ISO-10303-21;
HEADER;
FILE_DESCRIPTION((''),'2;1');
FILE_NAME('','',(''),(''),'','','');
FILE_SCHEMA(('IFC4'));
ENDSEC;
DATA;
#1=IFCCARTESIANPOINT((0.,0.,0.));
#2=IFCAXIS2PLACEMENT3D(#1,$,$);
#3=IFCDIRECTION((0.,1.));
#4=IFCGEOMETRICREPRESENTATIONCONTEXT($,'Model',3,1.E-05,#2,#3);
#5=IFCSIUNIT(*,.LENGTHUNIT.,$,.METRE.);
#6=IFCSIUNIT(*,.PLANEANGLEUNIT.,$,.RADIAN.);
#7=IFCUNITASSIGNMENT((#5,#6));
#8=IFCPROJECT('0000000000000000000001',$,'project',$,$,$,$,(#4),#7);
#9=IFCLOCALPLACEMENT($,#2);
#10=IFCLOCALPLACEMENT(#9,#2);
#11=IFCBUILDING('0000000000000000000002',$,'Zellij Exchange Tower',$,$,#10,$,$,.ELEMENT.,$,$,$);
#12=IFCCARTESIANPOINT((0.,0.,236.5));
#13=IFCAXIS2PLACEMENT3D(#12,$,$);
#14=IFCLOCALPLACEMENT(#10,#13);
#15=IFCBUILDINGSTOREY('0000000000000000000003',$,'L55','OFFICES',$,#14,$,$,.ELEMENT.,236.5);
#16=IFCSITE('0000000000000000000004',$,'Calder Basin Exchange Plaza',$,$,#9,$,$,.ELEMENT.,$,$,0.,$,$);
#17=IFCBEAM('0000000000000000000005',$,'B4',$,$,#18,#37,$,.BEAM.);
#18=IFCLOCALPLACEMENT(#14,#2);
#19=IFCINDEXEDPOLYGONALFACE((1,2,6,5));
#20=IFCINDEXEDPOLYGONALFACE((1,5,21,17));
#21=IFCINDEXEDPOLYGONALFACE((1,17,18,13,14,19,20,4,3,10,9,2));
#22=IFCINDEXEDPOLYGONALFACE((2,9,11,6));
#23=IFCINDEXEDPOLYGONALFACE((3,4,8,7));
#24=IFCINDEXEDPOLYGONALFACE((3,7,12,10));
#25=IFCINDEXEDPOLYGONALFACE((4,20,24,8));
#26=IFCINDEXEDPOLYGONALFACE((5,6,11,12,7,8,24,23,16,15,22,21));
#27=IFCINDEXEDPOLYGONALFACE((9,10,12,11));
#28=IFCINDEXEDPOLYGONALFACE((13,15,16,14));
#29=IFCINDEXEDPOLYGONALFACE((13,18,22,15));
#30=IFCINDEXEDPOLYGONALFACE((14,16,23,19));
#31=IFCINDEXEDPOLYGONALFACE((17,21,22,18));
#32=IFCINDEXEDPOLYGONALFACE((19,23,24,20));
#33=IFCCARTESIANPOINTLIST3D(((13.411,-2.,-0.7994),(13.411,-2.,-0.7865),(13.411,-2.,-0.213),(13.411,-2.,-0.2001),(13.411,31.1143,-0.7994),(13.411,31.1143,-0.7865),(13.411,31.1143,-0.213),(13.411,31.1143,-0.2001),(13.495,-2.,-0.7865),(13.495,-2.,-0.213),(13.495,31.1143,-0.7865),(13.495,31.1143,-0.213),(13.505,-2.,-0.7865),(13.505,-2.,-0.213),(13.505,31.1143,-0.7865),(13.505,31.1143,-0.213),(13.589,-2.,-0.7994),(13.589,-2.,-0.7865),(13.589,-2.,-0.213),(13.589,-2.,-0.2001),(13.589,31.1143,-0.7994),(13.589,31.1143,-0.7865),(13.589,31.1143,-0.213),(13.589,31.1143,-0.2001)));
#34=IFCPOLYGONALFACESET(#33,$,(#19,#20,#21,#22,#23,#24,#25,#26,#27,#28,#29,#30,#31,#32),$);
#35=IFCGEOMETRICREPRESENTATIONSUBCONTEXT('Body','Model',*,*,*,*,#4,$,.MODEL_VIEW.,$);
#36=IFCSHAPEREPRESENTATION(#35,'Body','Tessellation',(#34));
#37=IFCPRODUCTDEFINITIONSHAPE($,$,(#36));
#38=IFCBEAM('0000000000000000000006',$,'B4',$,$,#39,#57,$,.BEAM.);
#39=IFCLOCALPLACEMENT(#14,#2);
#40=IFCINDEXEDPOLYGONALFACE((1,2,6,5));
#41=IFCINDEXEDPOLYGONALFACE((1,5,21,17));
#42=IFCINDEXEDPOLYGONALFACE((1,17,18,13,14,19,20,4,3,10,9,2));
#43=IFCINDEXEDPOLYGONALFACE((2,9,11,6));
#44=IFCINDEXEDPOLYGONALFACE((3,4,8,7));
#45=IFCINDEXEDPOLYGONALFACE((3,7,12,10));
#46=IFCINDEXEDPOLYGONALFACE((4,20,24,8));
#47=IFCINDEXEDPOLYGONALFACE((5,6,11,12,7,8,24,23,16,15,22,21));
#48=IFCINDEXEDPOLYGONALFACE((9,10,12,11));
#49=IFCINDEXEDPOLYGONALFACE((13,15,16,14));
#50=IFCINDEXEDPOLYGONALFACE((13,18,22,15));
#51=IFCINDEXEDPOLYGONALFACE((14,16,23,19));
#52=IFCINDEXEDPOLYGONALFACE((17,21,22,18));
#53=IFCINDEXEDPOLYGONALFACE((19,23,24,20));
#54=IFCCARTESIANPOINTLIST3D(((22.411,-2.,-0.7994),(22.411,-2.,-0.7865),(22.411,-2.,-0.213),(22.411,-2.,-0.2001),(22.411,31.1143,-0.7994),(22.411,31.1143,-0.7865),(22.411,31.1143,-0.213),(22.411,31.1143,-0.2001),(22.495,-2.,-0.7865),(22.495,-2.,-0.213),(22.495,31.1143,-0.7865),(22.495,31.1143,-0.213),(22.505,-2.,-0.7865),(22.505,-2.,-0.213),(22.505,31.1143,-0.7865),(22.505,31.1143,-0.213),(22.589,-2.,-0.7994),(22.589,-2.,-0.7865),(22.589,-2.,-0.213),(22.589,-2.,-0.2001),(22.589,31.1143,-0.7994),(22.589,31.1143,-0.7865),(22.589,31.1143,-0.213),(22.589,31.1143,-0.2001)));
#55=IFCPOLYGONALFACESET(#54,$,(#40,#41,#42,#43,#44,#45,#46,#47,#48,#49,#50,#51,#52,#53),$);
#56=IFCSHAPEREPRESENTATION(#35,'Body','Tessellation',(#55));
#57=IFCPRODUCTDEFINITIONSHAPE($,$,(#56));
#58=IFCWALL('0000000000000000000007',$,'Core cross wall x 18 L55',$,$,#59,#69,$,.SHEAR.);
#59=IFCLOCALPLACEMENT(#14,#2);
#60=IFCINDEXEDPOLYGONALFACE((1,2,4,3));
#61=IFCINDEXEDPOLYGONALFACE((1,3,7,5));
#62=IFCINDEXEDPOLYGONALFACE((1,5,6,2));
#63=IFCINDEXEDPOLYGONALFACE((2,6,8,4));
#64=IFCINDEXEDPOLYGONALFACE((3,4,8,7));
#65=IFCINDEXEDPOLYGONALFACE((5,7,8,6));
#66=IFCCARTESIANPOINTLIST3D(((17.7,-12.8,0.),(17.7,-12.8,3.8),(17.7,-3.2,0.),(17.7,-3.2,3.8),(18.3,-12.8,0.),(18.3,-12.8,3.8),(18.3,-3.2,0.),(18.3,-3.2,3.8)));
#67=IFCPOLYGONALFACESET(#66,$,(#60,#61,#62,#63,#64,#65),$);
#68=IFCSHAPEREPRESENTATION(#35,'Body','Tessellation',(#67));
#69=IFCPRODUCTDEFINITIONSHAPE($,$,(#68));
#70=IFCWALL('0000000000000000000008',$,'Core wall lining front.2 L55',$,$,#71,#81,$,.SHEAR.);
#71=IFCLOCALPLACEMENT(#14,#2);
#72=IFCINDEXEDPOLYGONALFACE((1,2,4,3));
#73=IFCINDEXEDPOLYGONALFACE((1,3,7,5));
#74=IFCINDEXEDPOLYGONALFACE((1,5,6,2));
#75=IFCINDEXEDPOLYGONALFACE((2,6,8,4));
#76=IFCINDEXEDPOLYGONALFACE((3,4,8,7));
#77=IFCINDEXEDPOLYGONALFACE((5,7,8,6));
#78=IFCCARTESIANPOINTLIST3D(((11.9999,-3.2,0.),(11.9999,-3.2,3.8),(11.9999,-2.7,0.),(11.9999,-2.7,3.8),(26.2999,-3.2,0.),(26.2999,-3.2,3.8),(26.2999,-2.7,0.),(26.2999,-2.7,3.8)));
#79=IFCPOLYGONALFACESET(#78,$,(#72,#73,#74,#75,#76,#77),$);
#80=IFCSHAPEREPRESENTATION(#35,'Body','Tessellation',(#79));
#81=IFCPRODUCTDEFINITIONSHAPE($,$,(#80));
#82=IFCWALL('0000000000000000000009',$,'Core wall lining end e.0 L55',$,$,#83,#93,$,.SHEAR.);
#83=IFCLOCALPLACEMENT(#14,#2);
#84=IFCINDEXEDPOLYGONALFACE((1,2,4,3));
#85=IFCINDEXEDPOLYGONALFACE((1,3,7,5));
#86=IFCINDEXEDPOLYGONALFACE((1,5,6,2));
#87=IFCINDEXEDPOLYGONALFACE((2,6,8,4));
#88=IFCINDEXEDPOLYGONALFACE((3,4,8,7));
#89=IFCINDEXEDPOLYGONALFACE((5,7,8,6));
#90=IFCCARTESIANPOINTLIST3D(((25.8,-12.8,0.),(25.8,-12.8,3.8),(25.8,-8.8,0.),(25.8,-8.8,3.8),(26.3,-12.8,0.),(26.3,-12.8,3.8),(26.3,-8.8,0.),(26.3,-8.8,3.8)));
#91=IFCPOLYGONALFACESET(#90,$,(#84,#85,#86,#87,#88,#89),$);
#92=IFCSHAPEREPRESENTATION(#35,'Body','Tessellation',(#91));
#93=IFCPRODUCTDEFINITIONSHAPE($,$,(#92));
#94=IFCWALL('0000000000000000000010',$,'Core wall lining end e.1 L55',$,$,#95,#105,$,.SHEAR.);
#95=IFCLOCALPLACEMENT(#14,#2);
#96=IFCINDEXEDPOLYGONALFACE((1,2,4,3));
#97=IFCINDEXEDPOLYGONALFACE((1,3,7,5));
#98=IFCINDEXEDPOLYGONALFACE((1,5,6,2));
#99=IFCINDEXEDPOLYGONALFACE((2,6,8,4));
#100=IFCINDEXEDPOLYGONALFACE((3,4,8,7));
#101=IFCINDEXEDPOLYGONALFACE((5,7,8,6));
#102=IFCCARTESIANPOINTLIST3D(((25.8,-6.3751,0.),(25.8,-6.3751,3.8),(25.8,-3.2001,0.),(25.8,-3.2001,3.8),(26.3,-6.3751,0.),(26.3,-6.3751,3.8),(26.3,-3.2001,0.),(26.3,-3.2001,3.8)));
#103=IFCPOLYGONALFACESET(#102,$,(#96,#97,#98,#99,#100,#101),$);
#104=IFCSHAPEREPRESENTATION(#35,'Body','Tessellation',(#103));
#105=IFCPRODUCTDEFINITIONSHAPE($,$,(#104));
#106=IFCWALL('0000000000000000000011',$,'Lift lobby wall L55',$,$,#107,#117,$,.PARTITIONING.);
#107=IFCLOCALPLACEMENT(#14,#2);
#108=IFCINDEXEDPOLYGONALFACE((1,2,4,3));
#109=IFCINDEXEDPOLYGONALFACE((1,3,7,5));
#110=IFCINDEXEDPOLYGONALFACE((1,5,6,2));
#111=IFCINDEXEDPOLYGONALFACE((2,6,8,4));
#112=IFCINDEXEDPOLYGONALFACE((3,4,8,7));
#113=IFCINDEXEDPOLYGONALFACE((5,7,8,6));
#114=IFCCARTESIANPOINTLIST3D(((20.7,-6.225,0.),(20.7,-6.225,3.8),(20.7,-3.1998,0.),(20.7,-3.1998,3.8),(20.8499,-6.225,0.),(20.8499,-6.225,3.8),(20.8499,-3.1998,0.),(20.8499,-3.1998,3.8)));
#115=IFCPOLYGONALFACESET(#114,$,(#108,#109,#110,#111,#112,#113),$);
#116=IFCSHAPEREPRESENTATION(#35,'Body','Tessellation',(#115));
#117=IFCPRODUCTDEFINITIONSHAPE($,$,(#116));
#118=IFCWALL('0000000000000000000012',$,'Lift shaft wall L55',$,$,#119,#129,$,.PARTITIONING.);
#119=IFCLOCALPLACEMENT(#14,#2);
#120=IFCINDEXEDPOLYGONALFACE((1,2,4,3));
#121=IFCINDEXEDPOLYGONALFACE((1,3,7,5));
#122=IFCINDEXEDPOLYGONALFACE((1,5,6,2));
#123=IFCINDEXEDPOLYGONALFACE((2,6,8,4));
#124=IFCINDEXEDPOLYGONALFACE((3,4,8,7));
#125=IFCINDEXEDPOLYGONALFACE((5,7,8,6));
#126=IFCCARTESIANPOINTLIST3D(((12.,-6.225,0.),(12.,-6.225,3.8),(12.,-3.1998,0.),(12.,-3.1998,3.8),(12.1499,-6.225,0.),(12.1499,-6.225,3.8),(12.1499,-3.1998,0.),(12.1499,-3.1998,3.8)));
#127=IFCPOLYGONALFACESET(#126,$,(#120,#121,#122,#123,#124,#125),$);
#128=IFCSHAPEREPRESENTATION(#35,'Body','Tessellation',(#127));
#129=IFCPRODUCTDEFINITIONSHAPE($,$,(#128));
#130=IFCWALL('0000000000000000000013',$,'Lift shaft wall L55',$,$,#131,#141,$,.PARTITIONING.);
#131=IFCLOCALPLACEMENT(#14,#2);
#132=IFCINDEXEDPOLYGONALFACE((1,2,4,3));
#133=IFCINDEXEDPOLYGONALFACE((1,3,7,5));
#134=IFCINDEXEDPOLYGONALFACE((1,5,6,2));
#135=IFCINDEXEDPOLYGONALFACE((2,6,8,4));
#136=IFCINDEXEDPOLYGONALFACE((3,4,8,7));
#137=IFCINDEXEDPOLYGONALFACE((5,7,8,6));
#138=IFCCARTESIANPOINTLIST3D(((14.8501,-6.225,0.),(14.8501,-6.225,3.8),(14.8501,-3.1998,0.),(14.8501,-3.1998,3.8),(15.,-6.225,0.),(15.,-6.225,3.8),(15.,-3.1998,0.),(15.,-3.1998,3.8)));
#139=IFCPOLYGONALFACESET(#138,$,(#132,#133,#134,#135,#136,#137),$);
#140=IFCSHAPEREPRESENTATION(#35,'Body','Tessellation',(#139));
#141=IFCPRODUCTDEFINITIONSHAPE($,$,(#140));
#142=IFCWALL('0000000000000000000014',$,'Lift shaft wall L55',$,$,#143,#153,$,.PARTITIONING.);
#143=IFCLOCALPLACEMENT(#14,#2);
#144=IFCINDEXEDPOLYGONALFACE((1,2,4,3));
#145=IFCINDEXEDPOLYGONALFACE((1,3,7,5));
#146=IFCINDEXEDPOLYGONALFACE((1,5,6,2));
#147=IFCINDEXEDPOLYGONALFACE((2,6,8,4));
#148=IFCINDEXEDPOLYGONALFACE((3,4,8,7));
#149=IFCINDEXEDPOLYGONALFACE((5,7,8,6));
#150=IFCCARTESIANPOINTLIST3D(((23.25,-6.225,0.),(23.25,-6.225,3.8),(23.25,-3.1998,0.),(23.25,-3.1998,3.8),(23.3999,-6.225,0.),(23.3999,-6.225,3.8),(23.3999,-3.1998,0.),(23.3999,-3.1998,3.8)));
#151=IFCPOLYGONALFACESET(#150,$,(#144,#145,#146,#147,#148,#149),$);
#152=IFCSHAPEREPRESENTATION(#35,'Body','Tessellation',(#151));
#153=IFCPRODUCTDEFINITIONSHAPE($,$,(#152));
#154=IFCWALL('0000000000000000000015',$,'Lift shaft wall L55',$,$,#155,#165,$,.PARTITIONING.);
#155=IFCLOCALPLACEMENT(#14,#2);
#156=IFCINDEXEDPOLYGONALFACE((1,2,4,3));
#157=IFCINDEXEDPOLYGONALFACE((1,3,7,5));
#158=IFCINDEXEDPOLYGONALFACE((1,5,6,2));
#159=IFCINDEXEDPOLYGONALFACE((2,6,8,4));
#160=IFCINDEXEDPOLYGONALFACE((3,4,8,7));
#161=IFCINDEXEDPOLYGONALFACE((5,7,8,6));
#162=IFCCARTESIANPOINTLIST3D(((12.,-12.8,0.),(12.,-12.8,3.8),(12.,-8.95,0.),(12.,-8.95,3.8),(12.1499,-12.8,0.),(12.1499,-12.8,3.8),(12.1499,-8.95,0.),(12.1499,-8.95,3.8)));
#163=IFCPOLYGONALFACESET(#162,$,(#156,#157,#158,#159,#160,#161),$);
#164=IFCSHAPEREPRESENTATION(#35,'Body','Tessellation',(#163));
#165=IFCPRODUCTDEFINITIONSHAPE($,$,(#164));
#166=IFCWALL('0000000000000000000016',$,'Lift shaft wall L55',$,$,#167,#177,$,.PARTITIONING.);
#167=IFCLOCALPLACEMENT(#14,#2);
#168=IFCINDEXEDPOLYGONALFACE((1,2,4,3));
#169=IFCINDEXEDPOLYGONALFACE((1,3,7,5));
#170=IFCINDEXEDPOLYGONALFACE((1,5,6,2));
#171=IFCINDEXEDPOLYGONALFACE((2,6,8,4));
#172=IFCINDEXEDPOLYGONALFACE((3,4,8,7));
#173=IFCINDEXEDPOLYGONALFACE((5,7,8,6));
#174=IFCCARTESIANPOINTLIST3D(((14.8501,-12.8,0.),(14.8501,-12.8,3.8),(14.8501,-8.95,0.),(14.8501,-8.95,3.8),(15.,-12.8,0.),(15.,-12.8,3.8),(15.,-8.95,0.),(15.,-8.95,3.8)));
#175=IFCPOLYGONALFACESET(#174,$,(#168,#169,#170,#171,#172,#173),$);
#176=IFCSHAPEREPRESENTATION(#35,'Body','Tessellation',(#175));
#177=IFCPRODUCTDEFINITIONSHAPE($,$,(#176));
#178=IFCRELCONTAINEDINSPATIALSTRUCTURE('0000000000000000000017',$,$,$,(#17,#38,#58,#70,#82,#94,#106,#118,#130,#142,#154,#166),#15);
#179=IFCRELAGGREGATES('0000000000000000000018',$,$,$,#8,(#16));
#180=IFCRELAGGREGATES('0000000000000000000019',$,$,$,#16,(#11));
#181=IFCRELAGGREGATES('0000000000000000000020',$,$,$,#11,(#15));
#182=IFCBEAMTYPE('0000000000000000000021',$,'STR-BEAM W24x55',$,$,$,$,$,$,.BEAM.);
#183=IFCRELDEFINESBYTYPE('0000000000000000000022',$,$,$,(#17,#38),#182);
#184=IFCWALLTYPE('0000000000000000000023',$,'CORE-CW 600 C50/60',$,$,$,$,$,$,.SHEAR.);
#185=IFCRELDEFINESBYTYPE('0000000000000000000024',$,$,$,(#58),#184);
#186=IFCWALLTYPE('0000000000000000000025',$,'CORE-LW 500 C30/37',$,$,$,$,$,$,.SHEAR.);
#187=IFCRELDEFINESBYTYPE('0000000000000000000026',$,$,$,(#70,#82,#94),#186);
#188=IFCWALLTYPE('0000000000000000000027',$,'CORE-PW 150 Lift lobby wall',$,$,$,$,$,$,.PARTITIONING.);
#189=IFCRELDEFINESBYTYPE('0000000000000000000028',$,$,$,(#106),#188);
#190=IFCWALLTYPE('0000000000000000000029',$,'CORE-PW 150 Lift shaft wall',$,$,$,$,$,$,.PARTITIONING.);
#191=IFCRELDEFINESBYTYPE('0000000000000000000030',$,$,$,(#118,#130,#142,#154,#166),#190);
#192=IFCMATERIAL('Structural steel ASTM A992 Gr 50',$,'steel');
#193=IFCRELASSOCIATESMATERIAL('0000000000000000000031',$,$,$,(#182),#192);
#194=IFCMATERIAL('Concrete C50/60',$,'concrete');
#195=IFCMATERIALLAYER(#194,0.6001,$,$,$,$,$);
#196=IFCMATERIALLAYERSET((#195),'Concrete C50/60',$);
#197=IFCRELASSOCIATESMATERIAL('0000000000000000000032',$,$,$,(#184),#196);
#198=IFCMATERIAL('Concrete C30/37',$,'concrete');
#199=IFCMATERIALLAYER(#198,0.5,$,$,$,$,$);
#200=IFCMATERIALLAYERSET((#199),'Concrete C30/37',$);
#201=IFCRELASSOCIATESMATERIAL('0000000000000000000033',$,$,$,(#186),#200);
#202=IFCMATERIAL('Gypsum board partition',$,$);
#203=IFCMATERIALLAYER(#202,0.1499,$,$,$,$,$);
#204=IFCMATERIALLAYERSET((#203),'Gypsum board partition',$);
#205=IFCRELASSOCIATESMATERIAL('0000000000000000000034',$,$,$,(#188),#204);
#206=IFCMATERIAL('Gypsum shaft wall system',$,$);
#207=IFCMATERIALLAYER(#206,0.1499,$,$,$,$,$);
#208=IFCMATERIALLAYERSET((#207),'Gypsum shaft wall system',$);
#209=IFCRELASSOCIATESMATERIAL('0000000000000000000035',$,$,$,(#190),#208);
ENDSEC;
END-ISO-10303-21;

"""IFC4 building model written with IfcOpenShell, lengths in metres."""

from ifc_helpers import new_model, si_unit, direction, frame, frame_2d, origin, origin_2d, place, context, subcontext, project, spatial, rectangle, i_section, extrude, material, layer, layer_set, material_profile, profile_set, type_object, element, save


model = new_model("IFC4")

# Units and contexts
model_context = context("Model", 3, precision=1e-05, world=origin(), true_north=direction((0.0, 1.0)))
body_context = subcontext(model_context, "Body", "Model", "MODEL_VIEW")
ifc_project = project(units=[si_unit("LENGTHUNIT", "METRE"), si_unit("PLANEANGLEUNIT", "RADIAN")], contexts=[model_context])

# Site, building, storey
site_placement = place(None, origin())
site = spatial("IfcSite", under=ifc_project, at=site_placement, Name="Calder Basin Exchange Plaza", CompositionType="ELEMENT", RefElevation=0.0)
building_placement = place(site_placement, origin())
building = spatial("IfcBuilding", under=site, at=building_placement, Name="Zellij Exchange Tower", CompositionType="ELEMENT")
storey_placement = place(building_placement, frame((0.0, 0.0, 236.5)))
storey = spatial("IfcBuildingStorey", under=building, at=storey_placement, Name="L55", Description="OFFICES", CompositionType="ELEMENT", Elevation=236.5)

# Beams
ifc_material_1 = material(Name="Structural steel ASTM A992 Gr 50", Category="steel")
ifc_material_profile = material_profile(ifc_material_1, i_section(OverallWidth=0.178, OverallDepth=0.5994, WebThickness=0.01, FlangeThickness=0.0129, at=origin_2d()), Name="W24x55")
ifc_profile_set = profile_set([ifc_material_profile], Name="Structural steel ASTM A992 Gr 50")
beam_type = type_object("IfcBeamType", Name="STR-BEAM W24x55", PredefinedType="BEAM", material=ifc_profile_set)
for number, where, z_axis, x_axis, name in (
    (1, (13.5, -2.0, -0.4998), (0.0, 1.0, 0.0), (-1.0, 0.0, 0.0), "B4"),
    (2, (22.5, -2.0, -0.4998), (0.0, 1.0, 0.0), (-1.0, 0.0, 0.0), "B4"),
):
    element("IfcBeam", number, at=place(storey_placement, frame(where, z_axis=z_axis, x_axis=x_axis)), inside=storey, type_object=beam_type, Name=name, PredefinedType="BEAM", context=body_context, shape_type="SweptSolid", body=[
        extrude(i_section(OverallWidth=0.178, OverallDepth=0.5994, WebThickness=0.01, FlangeThickness=0.0129, at=origin_2d()), origin(), (0.0, 0.0, 1.0), 33.1143),
    ])

# Walls
ifc_material_2 = material(Name="Concrete C50/60", Category="concrete")
ifc_layer_1 = layer(ifc_material_2, 0.6001)
ifc_layer_set_1 = layer_set([ifc_layer_1], Name="Concrete C50/60")
wall_type_1 = type_object("IfcWallType", Name="CORE-CW 600 C50/60", PredefinedType="SHEAR", material=ifc_layer_set_1)
wall_1_placement = place(storey_placement, frame((18.0, -12.8, 0.0), z_axis=(0.0, 0.0, 1.0), x_axis=(0.0, 1.0, 0.0)))
element("IfcWall", 3, at=wall_1_placement, inside=storey, type_object=wall_type_1, Name="Core cross wall x 18 L55", PredefinedType="SHEAR", context=body_context, shape_type="SweptSolid", body=[
    extrude(rectangle(XDim=9.6001, YDim=0.6001, at=frame_2d((4.8, 0.0))), origin(), (0.0, 0.0, 1.0), 3.8),
])
ifc_material_3 = material(Name="Concrete C30/37", Category="concrete")
ifc_layer_2 = layer(ifc_material_3, 0.5)
ifc_layer_set_2 = layer_set([ifc_layer_2], Name="Concrete C30/37")
wall_type_2 = type_object("IfcWallType", Name="CORE-LW 500 C30/37", PredefinedType="SHEAR", material=ifc_layer_set_2)
wall_2_placement = place(storey_placement, frame((12.0, -2.95, 0.0), z_axis=(0.0, 0.0, 1.0), x_axis=(1.0, 0.0, 0.0)))
element("IfcWall", 4, at=wall_2_placement, inside=storey, type_object=wall_type_2, Name="Core wall lining front.2 L55", PredefinedType="SHEAR", context=body_context, shape_type="SweptSolid", body=[
    extrude(rectangle(XDim=14.3, YDim=0.5, at=frame_2d((7.1499, 0.0))), origin(), (0.0, 0.0, 1.0), 3.8),
])
wall_3_placement = place(storey_placement, frame((26.05, -12.8, 0.0), z_axis=(0.0, 0.0, 1.0), x_axis=(0.0, 1.0, 0.0)))
element("IfcWall", 5, at=wall_3_placement, inside=storey, type_object=wall_type_2, Name="Core wall lining end e.0 L55", PredefinedType="SHEAR", context=body_context, shape_type="SweptSolid", body=[
    extrude(rectangle(XDim=4.0, YDim=0.5, at=frame_2d((2.0, 0.0))), origin(), (0.0, 0.0, 1.0), 3.8),
])
wall_4_placement = place(storey_placement, frame((26.05, -6.375, 0.0), z_axis=(0.0, 0.0, 1.0), x_axis=(0.0, 1.0, 0.0)))
element("IfcWall", 6, at=wall_4_placement, inside=storey, type_object=wall_type_2, Name="Core wall lining end e.1 L55", PredefinedType="SHEAR", context=body_context, shape_type="SweptSolid", body=[
    extrude(rectangle(XDim=3.175, YDim=0.5, at=frame_2d((1.5874, 0.0))), origin(), (0.0, 0.0, 1.0), 3.8),
])
ifc_material_4 = material(Name="Gypsum board partition")
ifc_layer_3 = layer(ifc_material_4, 0.1499)
ifc_layer_set_3 = layer_set([ifc_layer_3], Name="Gypsum board partition")
wall_type_3 = type_object("IfcWallType", Name="CORE-PW 150 Lift lobby wall", PredefinedType="PARTITIONING", material=ifc_layer_set_3)
wall_5_placement = place(storey_placement, frame((20.7749, -6.2251, 0.0), z_axis=(0.0, 0.0, 1.0), x_axis=(0.0, 1.0, 0.0)))
element("IfcWall", 7, at=wall_5_placement, inside=storey, type_object=wall_type_3, Name="Lift lobby wall L55", PredefinedType="PARTITIONING", context=body_context, shape_type="SweptSolid", body=[
    extrude(rectangle(XDim=3.0251, YDim=0.1499, at=frame_2d((1.5127, 0.0))), origin(), (0.0, 0.0, 1.0), 3.8),
])
ifc_material_5 = material(Name="Gypsum shaft wall system")
ifc_layer_4 = layer(ifc_material_5, 0.1499)
ifc_layer_set_4 = layer_set([ifc_layer_4], Name="Gypsum shaft wall system")
wall_type_4 = type_object("IfcWallType", Name="CORE-PW 150 Lift shaft wall", PredefinedType="PARTITIONING", material=ifc_layer_set_4)
for number, where, z_axis, x_axis, name in (
    (8, (12.075, -6.2251, 0.0), (0.0, 0.0, 1.0), (0.0, 1.0, 0.0), "Lift shaft wall L55"),
    (9, (14.925, -6.2251, 0.0), (0.0, 0.0, 1.0), (0.0, 1.0, 0.0), "Lift shaft wall L55"),
    (10, (23.325, -6.2251, 0.0), (0.0, 0.0, 1.0), (0.0, 1.0, 0.0), "Lift shaft wall L55"),
):
    element("IfcWall", number, at=place(storey_placement, frame(where, z_axis=z_axis, x_axis=x_axis)), inside=storey, type_object=wall_type_4, Name=name, PredefinedType="PARTITIONING", context=body_context, shape_type="SweptSolid", body=[
        extrude(rectangle(XDim=3.0251, YDim=0.1499, at=frame_2d((1.5127, 0.0))), origin(), (0.0, 0.0, 1.0), 3.8),
    ])
for number, where, z_axis, x_axis, name in (
    (11, (12.075, -12.8, 0.0), (0.0, 0.0, 1.0), (0.0, 1.0, 0.0), "Lift shaft wall L55"),
    (12, (14.925, -12.8, 0.0), (0.0, 0.0, 1.0), (0.0, 1.0, 0.0), "Lift shaft wall L55"),
):
    element("IfcWall", number, at=place(storey_placement, frame(where, z_axis=z_axis, x_axis=x_axis)), inside=storey, type_object=wall_type_4, Name=name, PredefinedType="PARTITIONING", context=body_context, shape_type="SweptSolid", body=[
        extrude(rectangle(XDim=3.8501, YDim=0.1499, at=frame_2d((1.925, 0.0))), origin(), (0.0, 0.0, 1.0), 3.8),
    ])

save(model, "model.ifc")
